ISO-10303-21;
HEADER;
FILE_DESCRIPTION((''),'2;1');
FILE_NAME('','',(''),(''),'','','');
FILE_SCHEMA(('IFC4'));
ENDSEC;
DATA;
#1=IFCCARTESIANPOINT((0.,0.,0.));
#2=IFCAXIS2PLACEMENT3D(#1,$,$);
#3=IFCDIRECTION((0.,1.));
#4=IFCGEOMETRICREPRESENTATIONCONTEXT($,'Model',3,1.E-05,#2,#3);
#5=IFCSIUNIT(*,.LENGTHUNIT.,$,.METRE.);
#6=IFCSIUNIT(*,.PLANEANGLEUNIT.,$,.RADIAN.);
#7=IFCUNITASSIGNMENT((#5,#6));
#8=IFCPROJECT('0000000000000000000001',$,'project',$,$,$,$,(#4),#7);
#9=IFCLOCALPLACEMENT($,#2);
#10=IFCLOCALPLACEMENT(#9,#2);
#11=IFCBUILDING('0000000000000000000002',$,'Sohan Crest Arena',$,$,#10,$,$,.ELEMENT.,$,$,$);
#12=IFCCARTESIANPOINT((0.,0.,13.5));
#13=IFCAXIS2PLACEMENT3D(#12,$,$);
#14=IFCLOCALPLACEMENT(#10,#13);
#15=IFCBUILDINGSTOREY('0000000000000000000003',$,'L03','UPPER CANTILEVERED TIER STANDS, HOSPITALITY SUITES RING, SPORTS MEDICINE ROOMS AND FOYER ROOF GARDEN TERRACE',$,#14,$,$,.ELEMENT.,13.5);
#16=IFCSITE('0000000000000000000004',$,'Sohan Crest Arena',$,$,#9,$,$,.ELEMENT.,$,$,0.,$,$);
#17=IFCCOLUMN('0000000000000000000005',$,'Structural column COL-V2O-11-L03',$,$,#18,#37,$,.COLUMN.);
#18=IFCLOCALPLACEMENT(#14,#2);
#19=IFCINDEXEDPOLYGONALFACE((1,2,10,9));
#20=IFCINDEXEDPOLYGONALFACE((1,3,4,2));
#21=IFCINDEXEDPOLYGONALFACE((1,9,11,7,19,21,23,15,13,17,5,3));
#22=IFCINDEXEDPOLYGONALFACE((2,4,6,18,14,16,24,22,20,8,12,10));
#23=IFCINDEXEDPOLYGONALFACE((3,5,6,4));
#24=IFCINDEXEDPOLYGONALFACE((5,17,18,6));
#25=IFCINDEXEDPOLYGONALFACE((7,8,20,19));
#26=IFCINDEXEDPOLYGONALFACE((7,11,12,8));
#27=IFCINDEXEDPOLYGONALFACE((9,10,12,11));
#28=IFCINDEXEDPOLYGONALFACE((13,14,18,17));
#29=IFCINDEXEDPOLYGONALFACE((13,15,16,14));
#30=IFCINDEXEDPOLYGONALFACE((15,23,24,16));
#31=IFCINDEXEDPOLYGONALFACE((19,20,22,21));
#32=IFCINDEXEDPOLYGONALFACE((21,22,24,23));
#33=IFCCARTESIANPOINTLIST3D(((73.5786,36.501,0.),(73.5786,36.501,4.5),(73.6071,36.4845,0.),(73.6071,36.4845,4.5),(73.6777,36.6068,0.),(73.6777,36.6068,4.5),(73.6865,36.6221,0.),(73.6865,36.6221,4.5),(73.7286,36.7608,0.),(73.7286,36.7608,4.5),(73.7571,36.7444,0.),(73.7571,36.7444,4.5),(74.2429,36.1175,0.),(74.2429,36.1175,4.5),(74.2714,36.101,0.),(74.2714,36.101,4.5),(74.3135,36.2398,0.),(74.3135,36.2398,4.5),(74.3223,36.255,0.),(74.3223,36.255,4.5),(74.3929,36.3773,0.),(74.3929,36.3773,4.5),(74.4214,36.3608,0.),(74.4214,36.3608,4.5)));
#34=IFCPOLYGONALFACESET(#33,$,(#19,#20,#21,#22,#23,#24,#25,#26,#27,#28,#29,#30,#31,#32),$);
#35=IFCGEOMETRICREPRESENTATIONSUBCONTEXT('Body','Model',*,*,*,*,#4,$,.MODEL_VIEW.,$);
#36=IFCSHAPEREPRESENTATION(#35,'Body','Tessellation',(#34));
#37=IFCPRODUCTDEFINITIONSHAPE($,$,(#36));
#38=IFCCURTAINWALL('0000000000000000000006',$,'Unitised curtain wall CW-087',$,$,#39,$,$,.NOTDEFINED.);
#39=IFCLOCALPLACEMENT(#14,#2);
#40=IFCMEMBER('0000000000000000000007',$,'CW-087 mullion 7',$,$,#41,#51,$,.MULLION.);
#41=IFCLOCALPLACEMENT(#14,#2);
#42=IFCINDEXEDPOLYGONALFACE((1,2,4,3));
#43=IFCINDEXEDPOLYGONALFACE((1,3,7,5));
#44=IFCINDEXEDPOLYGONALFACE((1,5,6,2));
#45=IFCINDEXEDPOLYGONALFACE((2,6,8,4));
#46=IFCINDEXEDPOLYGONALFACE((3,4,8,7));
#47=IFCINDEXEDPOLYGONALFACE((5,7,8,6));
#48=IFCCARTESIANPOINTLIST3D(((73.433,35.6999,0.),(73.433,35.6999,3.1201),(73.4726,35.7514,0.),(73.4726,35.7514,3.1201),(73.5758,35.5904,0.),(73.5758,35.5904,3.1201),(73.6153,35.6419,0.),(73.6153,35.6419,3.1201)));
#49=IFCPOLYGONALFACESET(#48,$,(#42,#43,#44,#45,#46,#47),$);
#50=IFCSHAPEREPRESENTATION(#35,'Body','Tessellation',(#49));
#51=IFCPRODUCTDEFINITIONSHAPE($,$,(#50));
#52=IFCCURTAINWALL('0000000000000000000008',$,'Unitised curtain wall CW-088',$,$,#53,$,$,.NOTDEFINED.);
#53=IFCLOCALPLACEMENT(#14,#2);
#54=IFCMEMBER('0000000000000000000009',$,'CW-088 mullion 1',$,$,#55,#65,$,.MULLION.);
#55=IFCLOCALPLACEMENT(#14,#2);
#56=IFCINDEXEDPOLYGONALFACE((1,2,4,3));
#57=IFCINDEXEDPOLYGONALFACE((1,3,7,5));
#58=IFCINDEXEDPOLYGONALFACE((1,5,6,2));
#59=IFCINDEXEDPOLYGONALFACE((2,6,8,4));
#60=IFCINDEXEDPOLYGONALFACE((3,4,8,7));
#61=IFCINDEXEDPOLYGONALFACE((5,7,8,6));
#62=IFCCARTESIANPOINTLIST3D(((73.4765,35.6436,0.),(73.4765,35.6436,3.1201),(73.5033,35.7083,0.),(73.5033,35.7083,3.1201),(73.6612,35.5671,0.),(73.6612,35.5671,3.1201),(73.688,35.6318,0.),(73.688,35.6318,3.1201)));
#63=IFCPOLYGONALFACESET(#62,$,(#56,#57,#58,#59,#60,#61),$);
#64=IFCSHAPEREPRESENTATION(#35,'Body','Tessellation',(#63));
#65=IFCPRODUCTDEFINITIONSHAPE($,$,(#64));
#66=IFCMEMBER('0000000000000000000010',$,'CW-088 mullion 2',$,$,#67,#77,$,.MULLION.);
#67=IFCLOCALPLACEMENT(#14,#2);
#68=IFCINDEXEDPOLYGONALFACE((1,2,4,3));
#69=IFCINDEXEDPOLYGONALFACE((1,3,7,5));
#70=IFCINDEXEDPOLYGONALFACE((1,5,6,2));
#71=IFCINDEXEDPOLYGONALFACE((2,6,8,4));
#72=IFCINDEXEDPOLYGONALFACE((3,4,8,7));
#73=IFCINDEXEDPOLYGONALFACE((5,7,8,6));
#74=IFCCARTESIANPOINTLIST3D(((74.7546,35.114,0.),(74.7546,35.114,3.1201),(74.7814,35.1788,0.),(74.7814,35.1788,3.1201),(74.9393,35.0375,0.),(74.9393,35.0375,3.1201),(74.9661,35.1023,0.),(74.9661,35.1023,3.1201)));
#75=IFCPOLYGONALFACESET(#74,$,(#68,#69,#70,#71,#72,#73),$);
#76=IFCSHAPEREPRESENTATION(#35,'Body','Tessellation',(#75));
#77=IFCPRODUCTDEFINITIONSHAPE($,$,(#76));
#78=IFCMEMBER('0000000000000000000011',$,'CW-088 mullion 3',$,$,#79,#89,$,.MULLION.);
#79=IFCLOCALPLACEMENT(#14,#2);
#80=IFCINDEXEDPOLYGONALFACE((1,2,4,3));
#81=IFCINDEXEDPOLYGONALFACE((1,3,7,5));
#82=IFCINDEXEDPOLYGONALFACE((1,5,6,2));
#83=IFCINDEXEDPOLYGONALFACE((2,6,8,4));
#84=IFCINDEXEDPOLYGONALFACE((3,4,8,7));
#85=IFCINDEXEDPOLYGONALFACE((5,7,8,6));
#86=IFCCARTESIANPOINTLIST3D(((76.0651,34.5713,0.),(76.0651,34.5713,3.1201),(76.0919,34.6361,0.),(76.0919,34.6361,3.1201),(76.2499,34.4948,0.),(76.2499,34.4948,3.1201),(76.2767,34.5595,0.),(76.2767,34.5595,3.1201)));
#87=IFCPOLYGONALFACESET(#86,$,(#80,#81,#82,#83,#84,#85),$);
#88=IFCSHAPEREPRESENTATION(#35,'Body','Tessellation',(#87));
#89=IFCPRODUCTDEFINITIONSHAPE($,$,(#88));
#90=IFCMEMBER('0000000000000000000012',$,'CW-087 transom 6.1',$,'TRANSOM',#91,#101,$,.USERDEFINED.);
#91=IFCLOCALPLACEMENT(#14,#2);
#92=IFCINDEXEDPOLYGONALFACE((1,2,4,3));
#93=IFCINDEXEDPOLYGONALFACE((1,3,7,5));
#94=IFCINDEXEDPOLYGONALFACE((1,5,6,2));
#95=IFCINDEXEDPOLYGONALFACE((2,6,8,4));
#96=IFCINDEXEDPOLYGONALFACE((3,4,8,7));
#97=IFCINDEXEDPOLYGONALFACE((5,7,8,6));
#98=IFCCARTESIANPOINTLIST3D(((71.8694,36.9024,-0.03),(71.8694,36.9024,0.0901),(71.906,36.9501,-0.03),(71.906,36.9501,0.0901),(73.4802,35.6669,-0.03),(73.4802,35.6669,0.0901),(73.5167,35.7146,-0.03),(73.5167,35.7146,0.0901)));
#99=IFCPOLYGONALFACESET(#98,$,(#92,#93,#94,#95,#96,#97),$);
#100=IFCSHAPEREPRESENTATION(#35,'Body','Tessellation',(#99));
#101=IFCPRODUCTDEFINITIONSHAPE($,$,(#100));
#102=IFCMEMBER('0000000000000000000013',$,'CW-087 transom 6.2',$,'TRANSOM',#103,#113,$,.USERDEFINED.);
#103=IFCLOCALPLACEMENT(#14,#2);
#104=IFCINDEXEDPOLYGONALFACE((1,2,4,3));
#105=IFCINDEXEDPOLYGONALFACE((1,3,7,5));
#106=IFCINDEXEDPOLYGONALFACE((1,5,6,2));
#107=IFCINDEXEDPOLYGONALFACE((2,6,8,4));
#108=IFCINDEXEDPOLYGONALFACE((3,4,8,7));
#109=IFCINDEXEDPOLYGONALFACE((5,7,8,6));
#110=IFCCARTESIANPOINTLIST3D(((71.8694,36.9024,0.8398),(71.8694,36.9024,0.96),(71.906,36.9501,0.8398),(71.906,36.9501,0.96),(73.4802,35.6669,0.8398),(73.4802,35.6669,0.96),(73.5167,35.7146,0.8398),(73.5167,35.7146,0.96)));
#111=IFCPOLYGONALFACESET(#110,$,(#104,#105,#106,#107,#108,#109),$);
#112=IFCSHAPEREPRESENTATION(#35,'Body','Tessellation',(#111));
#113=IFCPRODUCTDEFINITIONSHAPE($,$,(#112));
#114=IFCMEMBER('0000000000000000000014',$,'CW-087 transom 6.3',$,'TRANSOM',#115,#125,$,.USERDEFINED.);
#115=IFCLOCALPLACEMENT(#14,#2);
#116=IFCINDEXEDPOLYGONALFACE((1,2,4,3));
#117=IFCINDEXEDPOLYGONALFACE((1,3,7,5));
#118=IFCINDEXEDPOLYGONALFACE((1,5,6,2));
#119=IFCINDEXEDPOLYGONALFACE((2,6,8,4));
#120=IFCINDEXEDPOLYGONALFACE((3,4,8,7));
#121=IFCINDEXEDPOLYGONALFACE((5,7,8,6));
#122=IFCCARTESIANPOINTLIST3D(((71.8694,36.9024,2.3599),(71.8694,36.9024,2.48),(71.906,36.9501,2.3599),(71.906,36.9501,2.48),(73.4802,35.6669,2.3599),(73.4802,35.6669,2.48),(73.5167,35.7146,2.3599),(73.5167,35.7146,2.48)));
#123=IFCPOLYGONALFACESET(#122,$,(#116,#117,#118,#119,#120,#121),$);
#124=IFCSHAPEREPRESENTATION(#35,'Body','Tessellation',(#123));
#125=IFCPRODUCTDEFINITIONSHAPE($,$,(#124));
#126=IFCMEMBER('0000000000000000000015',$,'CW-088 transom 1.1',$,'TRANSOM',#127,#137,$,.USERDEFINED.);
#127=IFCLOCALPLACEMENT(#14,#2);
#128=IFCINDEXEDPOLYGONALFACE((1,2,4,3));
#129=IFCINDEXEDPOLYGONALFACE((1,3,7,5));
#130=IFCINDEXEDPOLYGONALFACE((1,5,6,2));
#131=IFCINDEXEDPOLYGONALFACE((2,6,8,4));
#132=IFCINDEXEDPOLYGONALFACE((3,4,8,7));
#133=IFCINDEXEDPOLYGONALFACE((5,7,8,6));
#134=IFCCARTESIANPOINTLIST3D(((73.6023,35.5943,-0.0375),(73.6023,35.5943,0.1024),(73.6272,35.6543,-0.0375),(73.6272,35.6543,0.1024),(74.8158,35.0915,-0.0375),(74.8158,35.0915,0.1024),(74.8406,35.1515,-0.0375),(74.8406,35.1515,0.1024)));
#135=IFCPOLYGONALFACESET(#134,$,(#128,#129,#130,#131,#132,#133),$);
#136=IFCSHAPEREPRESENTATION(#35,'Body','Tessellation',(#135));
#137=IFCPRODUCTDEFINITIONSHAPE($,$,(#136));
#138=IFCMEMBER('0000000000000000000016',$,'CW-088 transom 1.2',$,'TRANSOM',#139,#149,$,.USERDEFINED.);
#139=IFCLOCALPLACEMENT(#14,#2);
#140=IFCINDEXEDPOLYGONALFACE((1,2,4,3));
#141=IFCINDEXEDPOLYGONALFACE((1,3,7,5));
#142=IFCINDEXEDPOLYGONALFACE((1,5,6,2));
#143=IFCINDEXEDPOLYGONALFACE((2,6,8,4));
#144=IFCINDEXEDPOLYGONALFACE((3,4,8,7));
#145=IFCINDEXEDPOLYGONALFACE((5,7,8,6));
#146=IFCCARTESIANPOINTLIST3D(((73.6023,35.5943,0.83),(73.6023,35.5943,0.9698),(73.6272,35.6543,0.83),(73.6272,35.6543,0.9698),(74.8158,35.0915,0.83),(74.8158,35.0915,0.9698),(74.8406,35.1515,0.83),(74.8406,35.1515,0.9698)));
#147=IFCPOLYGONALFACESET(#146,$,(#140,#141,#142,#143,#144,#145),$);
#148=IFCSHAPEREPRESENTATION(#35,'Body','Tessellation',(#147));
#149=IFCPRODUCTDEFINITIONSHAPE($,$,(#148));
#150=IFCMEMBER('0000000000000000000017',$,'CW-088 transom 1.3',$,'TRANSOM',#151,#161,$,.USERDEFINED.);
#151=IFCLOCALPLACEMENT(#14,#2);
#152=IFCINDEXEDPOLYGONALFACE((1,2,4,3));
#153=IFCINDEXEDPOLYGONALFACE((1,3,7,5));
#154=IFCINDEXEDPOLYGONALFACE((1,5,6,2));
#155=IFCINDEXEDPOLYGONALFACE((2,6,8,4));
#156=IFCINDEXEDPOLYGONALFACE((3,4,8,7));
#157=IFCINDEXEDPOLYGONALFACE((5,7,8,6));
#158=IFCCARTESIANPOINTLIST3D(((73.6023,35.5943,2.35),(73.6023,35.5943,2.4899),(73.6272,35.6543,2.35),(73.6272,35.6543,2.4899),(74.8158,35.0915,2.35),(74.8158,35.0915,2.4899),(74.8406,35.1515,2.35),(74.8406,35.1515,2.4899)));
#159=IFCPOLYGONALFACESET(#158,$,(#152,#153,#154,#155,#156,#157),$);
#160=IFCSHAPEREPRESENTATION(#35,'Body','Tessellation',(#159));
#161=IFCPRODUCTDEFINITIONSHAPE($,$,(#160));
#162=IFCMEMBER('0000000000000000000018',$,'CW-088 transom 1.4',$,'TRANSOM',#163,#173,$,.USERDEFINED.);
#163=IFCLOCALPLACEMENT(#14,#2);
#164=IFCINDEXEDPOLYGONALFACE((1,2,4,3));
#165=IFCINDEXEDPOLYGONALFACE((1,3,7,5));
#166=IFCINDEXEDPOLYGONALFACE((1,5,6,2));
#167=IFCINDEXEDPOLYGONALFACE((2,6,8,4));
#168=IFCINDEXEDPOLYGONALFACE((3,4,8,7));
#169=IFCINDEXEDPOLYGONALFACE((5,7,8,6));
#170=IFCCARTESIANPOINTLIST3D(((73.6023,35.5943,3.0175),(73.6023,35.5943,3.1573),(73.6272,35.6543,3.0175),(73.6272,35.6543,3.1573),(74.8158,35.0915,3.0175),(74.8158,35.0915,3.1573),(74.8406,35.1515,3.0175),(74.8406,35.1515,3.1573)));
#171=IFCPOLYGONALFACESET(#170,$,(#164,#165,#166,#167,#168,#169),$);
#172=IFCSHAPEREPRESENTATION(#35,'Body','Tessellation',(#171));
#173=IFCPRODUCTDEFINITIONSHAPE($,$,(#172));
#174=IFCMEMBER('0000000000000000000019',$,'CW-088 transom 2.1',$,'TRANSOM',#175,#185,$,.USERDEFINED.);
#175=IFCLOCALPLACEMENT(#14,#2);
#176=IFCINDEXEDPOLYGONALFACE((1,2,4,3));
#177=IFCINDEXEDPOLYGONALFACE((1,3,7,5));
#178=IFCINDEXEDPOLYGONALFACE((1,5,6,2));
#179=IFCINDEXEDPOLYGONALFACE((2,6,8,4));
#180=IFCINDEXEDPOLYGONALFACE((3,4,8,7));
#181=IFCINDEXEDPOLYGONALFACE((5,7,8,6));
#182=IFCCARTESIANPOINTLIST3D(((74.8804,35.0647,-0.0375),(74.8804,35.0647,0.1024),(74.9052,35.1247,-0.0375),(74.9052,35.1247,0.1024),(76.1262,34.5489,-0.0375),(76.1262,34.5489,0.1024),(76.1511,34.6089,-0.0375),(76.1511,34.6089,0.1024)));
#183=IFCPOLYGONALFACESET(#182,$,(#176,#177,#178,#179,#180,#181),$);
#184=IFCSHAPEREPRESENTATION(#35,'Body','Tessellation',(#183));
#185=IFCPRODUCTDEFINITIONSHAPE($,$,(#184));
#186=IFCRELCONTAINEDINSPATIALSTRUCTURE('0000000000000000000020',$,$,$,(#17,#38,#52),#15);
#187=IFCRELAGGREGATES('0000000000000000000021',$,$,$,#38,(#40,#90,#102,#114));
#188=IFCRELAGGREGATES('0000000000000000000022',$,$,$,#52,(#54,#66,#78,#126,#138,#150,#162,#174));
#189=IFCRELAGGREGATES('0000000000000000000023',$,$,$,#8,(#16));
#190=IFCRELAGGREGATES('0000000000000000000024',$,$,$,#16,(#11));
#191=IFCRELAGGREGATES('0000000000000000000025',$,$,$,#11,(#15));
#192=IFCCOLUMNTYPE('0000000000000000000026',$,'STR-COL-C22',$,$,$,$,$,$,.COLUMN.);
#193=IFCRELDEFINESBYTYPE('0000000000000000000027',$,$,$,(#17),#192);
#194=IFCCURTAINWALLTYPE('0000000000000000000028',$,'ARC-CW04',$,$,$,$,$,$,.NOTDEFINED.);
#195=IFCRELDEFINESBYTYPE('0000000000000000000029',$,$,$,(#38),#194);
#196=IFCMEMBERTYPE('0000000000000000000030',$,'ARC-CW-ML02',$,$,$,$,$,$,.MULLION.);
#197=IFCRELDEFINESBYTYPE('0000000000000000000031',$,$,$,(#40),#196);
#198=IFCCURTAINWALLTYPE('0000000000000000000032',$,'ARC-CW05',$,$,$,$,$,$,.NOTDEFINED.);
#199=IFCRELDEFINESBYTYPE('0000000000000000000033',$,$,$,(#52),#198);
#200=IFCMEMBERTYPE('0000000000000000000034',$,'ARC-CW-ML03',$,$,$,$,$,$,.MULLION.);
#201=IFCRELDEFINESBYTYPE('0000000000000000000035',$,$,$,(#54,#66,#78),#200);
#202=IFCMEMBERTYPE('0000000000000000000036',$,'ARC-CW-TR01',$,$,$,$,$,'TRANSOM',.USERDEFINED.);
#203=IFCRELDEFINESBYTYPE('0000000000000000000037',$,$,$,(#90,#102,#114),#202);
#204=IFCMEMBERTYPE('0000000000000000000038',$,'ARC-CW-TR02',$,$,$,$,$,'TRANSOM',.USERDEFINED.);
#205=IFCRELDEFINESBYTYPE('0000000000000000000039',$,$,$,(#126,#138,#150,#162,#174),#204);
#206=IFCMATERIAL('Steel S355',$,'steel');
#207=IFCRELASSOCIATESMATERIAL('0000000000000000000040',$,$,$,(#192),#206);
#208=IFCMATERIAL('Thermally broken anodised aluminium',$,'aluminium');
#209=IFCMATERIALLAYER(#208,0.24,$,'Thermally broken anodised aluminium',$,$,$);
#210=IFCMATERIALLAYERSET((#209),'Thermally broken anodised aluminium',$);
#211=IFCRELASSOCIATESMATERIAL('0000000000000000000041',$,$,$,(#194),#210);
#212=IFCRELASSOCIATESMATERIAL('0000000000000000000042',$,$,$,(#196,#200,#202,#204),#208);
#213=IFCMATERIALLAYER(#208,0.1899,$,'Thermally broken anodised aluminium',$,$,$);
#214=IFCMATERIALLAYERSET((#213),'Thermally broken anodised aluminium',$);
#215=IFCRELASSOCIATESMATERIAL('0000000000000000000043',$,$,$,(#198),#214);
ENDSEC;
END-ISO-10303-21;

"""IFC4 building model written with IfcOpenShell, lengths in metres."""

from ifc_helpers import new_model, si_unit, direction, frame, origin, origin_2d, place, context, subcontext, project, spatial, rectangle, i_section, extrude, material, layer, layer_set, material_profile, profile_set, type_object, element, aggregate, save


model = new_model("IFC4")

# Units and contexts
model_context = context("Model", 3, precision=1e-05, world=origin(), true_north=direction((0.0, 1.0)))
body_context = subcontext(model_context, "Body", "Model", "MODEL_VIEW")
ifc_project = project(units=[si_unit("LENGTHUNIT", "METRE"), si_unit("PLANEANGLEUNIT", "RADIAN")], contexts=[model_context])

# Site, building, storey
site_placement = place(None, origin())
site = spatial("IfcSite", under=ifc_project, at=site_placement, Name="Sohan Crest Arena", CompositionType="ELEMENT", RefElevation=0.0)
building_placement = place(site_placement, origin())
building = spatial("IfcBuilding", under=site, at=building_placement, Name="Sohan Crest Arena", CompositionType="ELEMENT")
storey_placement = place(building_placement, frame((0.0, 0.0, 13.5)))
storey = spatial("IfcBuildingStorey", under=building, at=storey_placement, Name="L03", Description="UPPER CANTILEVERED TIER STANDS, HOSPITALITY SUITES RING, SPORTS MEDICINE ROOMS AND FOYER ROOF GARDEN TERRACE", CompositionType="ELEMENT", Elevation=13.5)

# Column
ifc_material_1 = material(Name="Steel S355", Category="steel")
ifc_material_profile_1 = material_profile(ifc_material_1, i_section(OverallWidth=0.3, OverallDepth=0.8, WebThickness=0.0176, FlangeThickness=0.033, at=origin_2d()), Name="HEB 800")
ifc_profile_set_1 = profile_set([ifc_material_profile_1], Name="Steel S355")
column_type = type_object("IfcColumnType", Name="STR-COL-C22", PredefinedType="COLUMN", material=ifc_profile_set_1)
column_placement = place(storey_placement, frame((74.0, 36.4309, 0.0), z_axis=(0.0, 0.0, 1.0), x_axis=(0.5, 0.866025, 0.0)))
element("IfcColumn", 1, at=column_placement, inside=storey, type_object=column_type, Name="Structural column COL-V2O-11-L03", PredefinedType="COLUMN", context=body_context, shape_type="SweptSolid", body=[
    extrude(i_section(OverallWidth=0.3, OverallDepth=0.8, WebThickness=0.0176, FlangeThickness=0.033, at=origin_2d()), origin(), (0.0, 0.0, 1.0), 4.5),
])

# Curtain wall, member
ifc_material_2 = material(Name="Thermally broken anodised aluminium", Category="aluminium")
ifc_layer_1 = layer(ifc_material_2, 0.24, Name="Thermally broken anodised aluminium")
ifc_layer_set_1 = layer_set([ifc_layer_1], Name="Thermally broken anodised aluminium")
curtain_wall_type_1 = type_object("IfcCurtainWallType", Name="ARC-CW04", PredefinedType="NOTDEFINED", material=ifc_layer_set_1)
curtain_wall_1_placement = place(storey_placement, origin())
curtain_wall_1 = element("IfcCurtainWall", 2, at=curtain_wall_1_placement, inside=storey, type_object=curtain_wall_type_1, Name="Unitised curtain wall CW-087", PredefinedType="NOTDEFINED")
ifc_material_profile_2 = material_profile(ifc_material_2, rectangle(XDim=0.0649, YDim=0.1799, at=origin_2d()), Name="ALU-MULL 65x180")
ifc_profile_set_2 = profile_set([ifc_material_profile_2], Name="Thermally broken anodised aluminium")
member_type_1 = type_object("IfcMemberType", Name="ARC-CW-ML02", PredefinedType="MULLION", material=ifc_profile_set_2)
member_1_placement = place(storey_placement, frame((73.5242, 35.6709, 0.0), z_axis=(0.0, 0.0, 1.0), x_axis=(0.608737, 0.793372, 0.0)))
member_1 = element("IfcMember", 3, at=member_1_placement, type_object=member_type_1, Name="CW-087 mullion 7", PredefinedType="MULLION", context=body_context, shape_type="SweptSolid", body=[
    extrude(rectangle(XDim=0.0649, YDim=0.1799, at=origin_2d()), origin(), (0.0, 0.0, 1.0), 3.1201),
])

# Curtain wall, members
ifc_layer_2 = layer(ifc_material_2, 0.1899, Name="Thermally broken anodised aluminium")
ifc_layer_set_2 = layer_set([ifc_layer_2], Name="Thermally broken anodised aluminium")
curtain_wall_type_2 = type_object("IfcCurtainWallType", Name="ARC-CW05", PredefinedType="NOTDEFINED", material=ifc_layer_set_2)
curtain_wall_2_placement = place(storey_placement, origin())
curtain_wall_2 = element("IfcCurtainWall", 4, at=curtain_wall_2_placement, inside=storey, type_object=curtain_wall_type_2, Name="Unitised curtain wall CW-088", PredefinedType="NOTDEFINED")
ifc_material_profile_3 = material_profile(ifc_material_2, rectangle(XDim=0.0701, YDim=0.2, at=origin_2d()), Name="ALU-MULL 70x200")
ifc_profile_set_3 = profile_set([ifc_material_profile_3], Name="Thermally broken anodised aluminium")
member_type_2 = type_object("IfcMemberType", Name="ARC-CW-ML03", PredefinedType="MULLION", material=ifc_profile_set_3)
member_2_placement = place(storey_placement, frame((73.5823, 35.6377, 0.0), z_axis=(0.0, 0.0, 1.0), x_axis=(0.382668, 0.923886, 0.0)))
member_2 = element("IfcMember", 5, at=member_2_placement, type_object=member_type_2, Name="CW-088 mullion 1", PredefinedType="MULLION", context=body_context, shape_type="SweptSolid", body=[
    extrude(rectangle(XDim=0.0701, YDim=0.2, at=origin_2d()), origin(), (0.0, 0.0, 1.0), 3.1201),
])
member_3_placement = place(storey_placement, frame((74.8604, 35.1082, 0.0), z_axis=(0.0, 0.0, 1.0), x_axis=(0.382668, 0.923886, 0.0)))
member_3 = element("IfcMember", 6, at=member_3_placement, type_object=member_type_2, Name="CW-088 mullion 2", PredefinedType="MULLION", context=body_context, shape_type="SweptSolid", body=[
    extrude(rectangle(XDim=0.0701, YDim=0.2, at=origin_2d()), origin(), (0.0, 0.0, 1.0), 3.1201),
])
member_4_placement = place(storey_placement, frame((76.1709, 34.5654, 0.0), z_axis=(0.0, 0.0, 1.0), x_axis=(0.382668, 0.923886, 0.0)))
member_4 = element("IfcMember", 7, at=member_4_placement, type_object=member_type_2, Name="CW-088 mullion 3", PredefinedType="MULLION", context=body_context, shape_type="SweptSolid", body=[
    extrude(rectangle(XDim=0.0701, YDim=0.2, at=origin_2d()), origin(), (0.0, 0.0, 1.0), 3.1201),
])

# Members
ifc_material_profile_4 = material_profile(ifc_material_2, rectangle(XDim=0.0601, YDim=0.1201, at=origin_2d()), Name="ALU-TRAN 60x120")
ifc_profile_set_4 = profile_set([ifc_material_profile_4], Name="Thermally broken anodised aluminium")
member_type_3 = type_object("IfcMemberType", Name="ARC-CW-TR01", ElementType="TRANSOM", PredefinedType="USERDEFINED", material=ifc_profile_set_4)
member_5_placement = place(storey_placement, frame((71.8877, 36.9263, 0.03), z_axis=(0.793459, -0.608623, 0.0), x_axis=(0.608623, 0.793459, 0.0)))
member_5 = element("IfcMember", 8, at=member_5_placement, type_object=member_type_3, Name="CW-087 transom 6.1", ObjectType="TRANSOM", PredefinedType="USERDEFINED", context=body_context, shape_type="SweptSolid", body=[
    extrude(rectangle(XDim=0.0601, YDim=0.1201, at=origin_2d()), origin(), (0.0, 0.0, 1.0), 2.03),
])
member_6_placement = place(storey_placement, frame((71.8877, 36.9263, 0.8999), z_axis=(0.793459, -0.608623, 0.0), x_axis=(0.608623, 0.793459, 0.0)))
member_6 = element("IfcMember", 9, at=member_6_placement, type_object=member_type_3, Name="CW-087 transom 6.2", ObjectType="TRANSOM", PredefinedType="USERDEFINED", context=body_context, shape_type="SweptSolid", body=[
    extrude(rectangle(XDim=0.0601, YDim=0.1201, at=origin_2d()), origin(), (0.0, 0.0, 1.0), 2.03),
])
member_7_placement = place(storey_placement, frame((71.8877, 36.9263, 2.4199), z_axis=(0.793459, -0.608623, 0.0), x_axis=(0.608623, 0.793459, 0.0)))
member_7 = element("IfcMember", 10, at=member_7_placement, type_object=member_type_3, Name="CW-087 transom 6.3", ObjectType="TRANSOM", PredefinedType="USERDEFINED", context=body_context, shape_type="SweptSolid", body=[
    extrude(rectangle(XDim=0.0601, YDim=0.1201, at=origin_2d()), origin(), (0.0, 0.0, 1.0), 2.03),
])
ifc_material_profile_5 = material_profile(ifc_material_2, rectangle(XDim=0.0649, YDim=0.1399, at=origin_2d()), Name="ALU-TRAN 65x140")
ifc_profile_set_5 = profile_set([ifc_material_profile_5], Name="Thermally broken anodised aluminium")
member_type_4 = type_object("IfcMemberType", Name="ARC-CW-TR02", ElementType="TRANSOM", PredefinedType="USERDEFINED", material=ifc_profile_set_5)
member_8_placement = place(storey_placement, frame((73.6147, 35.6243, 0.0325), z_axis=(0.923856, -0.38274, 0.0), x_axis=(0.38274, 0.923856, 0.0)))
member_8 = element("IfcMember", 11, at=member_8_placement, type_object=member_type_4, Name="CW-088 transom 1.1", ObjectType="TRANSOM", PredefinedType="USERDEFINED", context=body_context, shape_type="SweptSolid", body=[
    extrude(rectangle(XDim=0.0649, YDim=0.1399, at=origin_2d()), origin(), (0.0, 0.0, 1.0), 1.3135),
])
member_9_placement = place(storey_placement, frame((73.6147, 35.6243, 0.8999), z_axis=(0.923856, -0.38274, 0.0), x_axis=(0.38274, 0.923856, 0.0)))
member_9 = element("IfcMember", 12, at=member_9_placement, type_object=member_type_4, Name="CW-088 transom 1.2", ObjectType="TRANSOM", PredefinedType="USERDEFINED", context=body_context, shape_type="SweptSolid", body=[
    extrude(rectangle(XDim=0.0649, YDim=0.1399, at=origin_2d()), origin(), (0.0, 0.0, 1.0), 1.3135),
])
member_10_placement = place(storey_placement, frame((73.6147, 35.6243, 2.4199), z_axis=(0.923856, -0.38274, 0.0), x_axis=(0.38274, 0.923856, 0.0)))
member_10 = element("IfcMember", 13, at=member_10_placement, type_object=member_type_4, Name="CW-088 transom 1.3", ObjectType="TRANSOM", PredefinedType="USERDEFINED", context=body_context, shape_type="SweptSolid", body=[
    extrude(rectangle(XDim=0.0649, YDim=0.1399, at=origin_2d()), origin(), (0.0, 0.0, 1.0), 1.3135),
])
member_11_placement = place(storey_placement, frame((73.6147, 35.6243, 3.0874), z_axis=(0.923856, -0.38274, 0.0), x_axis=(0.38274, 0.923856, 0.0)))
member_11 = element("IfcMember", 14, at=member_11_placement, type_object=member_type_4, Name="CW-088 transom 1.4", ObjectType="TRANSOM", PredefinedType="USERDEFINED", context=body_context, shape_type="SweptSolid", body=[
    extrude(rectangle(XDim=0.0649, YDim=0.1399, at=origin_2d()), origin(), (0.0, 0.0, 1.0), 1.3135),
])
member_12_placement = place(storey_placement, frame((74.8928, 35.0947, 0.0325), z_axis=(0.923926, -0.38257, 0.0), x_axis=(0.38257, 0.923926, 0.0)))
member_12 = element("IfcMember", 15, at=member_12_placement, type_object=member_type_4, Name="CW-088 transom 2.1", ObjectType="TRANSOM", PredefinedType="USERDEFINED", context=body_context, shape_type="SweptSolid", body=[
    extrude(rectangle(XDim=0.0649, YDim=0.1399, at=origin_2d()), origin(), (0.0, 0.0, 1.0), 1.3484),
])

aggregate(curtain_wall_1, [member_1, member_5, member_6, member_7])
aggregate(curtain_wall_2, [member_2, member_3, member_4, member_8, member_9, member_10, member_11, member_12])

save(model, "model.ifc")
